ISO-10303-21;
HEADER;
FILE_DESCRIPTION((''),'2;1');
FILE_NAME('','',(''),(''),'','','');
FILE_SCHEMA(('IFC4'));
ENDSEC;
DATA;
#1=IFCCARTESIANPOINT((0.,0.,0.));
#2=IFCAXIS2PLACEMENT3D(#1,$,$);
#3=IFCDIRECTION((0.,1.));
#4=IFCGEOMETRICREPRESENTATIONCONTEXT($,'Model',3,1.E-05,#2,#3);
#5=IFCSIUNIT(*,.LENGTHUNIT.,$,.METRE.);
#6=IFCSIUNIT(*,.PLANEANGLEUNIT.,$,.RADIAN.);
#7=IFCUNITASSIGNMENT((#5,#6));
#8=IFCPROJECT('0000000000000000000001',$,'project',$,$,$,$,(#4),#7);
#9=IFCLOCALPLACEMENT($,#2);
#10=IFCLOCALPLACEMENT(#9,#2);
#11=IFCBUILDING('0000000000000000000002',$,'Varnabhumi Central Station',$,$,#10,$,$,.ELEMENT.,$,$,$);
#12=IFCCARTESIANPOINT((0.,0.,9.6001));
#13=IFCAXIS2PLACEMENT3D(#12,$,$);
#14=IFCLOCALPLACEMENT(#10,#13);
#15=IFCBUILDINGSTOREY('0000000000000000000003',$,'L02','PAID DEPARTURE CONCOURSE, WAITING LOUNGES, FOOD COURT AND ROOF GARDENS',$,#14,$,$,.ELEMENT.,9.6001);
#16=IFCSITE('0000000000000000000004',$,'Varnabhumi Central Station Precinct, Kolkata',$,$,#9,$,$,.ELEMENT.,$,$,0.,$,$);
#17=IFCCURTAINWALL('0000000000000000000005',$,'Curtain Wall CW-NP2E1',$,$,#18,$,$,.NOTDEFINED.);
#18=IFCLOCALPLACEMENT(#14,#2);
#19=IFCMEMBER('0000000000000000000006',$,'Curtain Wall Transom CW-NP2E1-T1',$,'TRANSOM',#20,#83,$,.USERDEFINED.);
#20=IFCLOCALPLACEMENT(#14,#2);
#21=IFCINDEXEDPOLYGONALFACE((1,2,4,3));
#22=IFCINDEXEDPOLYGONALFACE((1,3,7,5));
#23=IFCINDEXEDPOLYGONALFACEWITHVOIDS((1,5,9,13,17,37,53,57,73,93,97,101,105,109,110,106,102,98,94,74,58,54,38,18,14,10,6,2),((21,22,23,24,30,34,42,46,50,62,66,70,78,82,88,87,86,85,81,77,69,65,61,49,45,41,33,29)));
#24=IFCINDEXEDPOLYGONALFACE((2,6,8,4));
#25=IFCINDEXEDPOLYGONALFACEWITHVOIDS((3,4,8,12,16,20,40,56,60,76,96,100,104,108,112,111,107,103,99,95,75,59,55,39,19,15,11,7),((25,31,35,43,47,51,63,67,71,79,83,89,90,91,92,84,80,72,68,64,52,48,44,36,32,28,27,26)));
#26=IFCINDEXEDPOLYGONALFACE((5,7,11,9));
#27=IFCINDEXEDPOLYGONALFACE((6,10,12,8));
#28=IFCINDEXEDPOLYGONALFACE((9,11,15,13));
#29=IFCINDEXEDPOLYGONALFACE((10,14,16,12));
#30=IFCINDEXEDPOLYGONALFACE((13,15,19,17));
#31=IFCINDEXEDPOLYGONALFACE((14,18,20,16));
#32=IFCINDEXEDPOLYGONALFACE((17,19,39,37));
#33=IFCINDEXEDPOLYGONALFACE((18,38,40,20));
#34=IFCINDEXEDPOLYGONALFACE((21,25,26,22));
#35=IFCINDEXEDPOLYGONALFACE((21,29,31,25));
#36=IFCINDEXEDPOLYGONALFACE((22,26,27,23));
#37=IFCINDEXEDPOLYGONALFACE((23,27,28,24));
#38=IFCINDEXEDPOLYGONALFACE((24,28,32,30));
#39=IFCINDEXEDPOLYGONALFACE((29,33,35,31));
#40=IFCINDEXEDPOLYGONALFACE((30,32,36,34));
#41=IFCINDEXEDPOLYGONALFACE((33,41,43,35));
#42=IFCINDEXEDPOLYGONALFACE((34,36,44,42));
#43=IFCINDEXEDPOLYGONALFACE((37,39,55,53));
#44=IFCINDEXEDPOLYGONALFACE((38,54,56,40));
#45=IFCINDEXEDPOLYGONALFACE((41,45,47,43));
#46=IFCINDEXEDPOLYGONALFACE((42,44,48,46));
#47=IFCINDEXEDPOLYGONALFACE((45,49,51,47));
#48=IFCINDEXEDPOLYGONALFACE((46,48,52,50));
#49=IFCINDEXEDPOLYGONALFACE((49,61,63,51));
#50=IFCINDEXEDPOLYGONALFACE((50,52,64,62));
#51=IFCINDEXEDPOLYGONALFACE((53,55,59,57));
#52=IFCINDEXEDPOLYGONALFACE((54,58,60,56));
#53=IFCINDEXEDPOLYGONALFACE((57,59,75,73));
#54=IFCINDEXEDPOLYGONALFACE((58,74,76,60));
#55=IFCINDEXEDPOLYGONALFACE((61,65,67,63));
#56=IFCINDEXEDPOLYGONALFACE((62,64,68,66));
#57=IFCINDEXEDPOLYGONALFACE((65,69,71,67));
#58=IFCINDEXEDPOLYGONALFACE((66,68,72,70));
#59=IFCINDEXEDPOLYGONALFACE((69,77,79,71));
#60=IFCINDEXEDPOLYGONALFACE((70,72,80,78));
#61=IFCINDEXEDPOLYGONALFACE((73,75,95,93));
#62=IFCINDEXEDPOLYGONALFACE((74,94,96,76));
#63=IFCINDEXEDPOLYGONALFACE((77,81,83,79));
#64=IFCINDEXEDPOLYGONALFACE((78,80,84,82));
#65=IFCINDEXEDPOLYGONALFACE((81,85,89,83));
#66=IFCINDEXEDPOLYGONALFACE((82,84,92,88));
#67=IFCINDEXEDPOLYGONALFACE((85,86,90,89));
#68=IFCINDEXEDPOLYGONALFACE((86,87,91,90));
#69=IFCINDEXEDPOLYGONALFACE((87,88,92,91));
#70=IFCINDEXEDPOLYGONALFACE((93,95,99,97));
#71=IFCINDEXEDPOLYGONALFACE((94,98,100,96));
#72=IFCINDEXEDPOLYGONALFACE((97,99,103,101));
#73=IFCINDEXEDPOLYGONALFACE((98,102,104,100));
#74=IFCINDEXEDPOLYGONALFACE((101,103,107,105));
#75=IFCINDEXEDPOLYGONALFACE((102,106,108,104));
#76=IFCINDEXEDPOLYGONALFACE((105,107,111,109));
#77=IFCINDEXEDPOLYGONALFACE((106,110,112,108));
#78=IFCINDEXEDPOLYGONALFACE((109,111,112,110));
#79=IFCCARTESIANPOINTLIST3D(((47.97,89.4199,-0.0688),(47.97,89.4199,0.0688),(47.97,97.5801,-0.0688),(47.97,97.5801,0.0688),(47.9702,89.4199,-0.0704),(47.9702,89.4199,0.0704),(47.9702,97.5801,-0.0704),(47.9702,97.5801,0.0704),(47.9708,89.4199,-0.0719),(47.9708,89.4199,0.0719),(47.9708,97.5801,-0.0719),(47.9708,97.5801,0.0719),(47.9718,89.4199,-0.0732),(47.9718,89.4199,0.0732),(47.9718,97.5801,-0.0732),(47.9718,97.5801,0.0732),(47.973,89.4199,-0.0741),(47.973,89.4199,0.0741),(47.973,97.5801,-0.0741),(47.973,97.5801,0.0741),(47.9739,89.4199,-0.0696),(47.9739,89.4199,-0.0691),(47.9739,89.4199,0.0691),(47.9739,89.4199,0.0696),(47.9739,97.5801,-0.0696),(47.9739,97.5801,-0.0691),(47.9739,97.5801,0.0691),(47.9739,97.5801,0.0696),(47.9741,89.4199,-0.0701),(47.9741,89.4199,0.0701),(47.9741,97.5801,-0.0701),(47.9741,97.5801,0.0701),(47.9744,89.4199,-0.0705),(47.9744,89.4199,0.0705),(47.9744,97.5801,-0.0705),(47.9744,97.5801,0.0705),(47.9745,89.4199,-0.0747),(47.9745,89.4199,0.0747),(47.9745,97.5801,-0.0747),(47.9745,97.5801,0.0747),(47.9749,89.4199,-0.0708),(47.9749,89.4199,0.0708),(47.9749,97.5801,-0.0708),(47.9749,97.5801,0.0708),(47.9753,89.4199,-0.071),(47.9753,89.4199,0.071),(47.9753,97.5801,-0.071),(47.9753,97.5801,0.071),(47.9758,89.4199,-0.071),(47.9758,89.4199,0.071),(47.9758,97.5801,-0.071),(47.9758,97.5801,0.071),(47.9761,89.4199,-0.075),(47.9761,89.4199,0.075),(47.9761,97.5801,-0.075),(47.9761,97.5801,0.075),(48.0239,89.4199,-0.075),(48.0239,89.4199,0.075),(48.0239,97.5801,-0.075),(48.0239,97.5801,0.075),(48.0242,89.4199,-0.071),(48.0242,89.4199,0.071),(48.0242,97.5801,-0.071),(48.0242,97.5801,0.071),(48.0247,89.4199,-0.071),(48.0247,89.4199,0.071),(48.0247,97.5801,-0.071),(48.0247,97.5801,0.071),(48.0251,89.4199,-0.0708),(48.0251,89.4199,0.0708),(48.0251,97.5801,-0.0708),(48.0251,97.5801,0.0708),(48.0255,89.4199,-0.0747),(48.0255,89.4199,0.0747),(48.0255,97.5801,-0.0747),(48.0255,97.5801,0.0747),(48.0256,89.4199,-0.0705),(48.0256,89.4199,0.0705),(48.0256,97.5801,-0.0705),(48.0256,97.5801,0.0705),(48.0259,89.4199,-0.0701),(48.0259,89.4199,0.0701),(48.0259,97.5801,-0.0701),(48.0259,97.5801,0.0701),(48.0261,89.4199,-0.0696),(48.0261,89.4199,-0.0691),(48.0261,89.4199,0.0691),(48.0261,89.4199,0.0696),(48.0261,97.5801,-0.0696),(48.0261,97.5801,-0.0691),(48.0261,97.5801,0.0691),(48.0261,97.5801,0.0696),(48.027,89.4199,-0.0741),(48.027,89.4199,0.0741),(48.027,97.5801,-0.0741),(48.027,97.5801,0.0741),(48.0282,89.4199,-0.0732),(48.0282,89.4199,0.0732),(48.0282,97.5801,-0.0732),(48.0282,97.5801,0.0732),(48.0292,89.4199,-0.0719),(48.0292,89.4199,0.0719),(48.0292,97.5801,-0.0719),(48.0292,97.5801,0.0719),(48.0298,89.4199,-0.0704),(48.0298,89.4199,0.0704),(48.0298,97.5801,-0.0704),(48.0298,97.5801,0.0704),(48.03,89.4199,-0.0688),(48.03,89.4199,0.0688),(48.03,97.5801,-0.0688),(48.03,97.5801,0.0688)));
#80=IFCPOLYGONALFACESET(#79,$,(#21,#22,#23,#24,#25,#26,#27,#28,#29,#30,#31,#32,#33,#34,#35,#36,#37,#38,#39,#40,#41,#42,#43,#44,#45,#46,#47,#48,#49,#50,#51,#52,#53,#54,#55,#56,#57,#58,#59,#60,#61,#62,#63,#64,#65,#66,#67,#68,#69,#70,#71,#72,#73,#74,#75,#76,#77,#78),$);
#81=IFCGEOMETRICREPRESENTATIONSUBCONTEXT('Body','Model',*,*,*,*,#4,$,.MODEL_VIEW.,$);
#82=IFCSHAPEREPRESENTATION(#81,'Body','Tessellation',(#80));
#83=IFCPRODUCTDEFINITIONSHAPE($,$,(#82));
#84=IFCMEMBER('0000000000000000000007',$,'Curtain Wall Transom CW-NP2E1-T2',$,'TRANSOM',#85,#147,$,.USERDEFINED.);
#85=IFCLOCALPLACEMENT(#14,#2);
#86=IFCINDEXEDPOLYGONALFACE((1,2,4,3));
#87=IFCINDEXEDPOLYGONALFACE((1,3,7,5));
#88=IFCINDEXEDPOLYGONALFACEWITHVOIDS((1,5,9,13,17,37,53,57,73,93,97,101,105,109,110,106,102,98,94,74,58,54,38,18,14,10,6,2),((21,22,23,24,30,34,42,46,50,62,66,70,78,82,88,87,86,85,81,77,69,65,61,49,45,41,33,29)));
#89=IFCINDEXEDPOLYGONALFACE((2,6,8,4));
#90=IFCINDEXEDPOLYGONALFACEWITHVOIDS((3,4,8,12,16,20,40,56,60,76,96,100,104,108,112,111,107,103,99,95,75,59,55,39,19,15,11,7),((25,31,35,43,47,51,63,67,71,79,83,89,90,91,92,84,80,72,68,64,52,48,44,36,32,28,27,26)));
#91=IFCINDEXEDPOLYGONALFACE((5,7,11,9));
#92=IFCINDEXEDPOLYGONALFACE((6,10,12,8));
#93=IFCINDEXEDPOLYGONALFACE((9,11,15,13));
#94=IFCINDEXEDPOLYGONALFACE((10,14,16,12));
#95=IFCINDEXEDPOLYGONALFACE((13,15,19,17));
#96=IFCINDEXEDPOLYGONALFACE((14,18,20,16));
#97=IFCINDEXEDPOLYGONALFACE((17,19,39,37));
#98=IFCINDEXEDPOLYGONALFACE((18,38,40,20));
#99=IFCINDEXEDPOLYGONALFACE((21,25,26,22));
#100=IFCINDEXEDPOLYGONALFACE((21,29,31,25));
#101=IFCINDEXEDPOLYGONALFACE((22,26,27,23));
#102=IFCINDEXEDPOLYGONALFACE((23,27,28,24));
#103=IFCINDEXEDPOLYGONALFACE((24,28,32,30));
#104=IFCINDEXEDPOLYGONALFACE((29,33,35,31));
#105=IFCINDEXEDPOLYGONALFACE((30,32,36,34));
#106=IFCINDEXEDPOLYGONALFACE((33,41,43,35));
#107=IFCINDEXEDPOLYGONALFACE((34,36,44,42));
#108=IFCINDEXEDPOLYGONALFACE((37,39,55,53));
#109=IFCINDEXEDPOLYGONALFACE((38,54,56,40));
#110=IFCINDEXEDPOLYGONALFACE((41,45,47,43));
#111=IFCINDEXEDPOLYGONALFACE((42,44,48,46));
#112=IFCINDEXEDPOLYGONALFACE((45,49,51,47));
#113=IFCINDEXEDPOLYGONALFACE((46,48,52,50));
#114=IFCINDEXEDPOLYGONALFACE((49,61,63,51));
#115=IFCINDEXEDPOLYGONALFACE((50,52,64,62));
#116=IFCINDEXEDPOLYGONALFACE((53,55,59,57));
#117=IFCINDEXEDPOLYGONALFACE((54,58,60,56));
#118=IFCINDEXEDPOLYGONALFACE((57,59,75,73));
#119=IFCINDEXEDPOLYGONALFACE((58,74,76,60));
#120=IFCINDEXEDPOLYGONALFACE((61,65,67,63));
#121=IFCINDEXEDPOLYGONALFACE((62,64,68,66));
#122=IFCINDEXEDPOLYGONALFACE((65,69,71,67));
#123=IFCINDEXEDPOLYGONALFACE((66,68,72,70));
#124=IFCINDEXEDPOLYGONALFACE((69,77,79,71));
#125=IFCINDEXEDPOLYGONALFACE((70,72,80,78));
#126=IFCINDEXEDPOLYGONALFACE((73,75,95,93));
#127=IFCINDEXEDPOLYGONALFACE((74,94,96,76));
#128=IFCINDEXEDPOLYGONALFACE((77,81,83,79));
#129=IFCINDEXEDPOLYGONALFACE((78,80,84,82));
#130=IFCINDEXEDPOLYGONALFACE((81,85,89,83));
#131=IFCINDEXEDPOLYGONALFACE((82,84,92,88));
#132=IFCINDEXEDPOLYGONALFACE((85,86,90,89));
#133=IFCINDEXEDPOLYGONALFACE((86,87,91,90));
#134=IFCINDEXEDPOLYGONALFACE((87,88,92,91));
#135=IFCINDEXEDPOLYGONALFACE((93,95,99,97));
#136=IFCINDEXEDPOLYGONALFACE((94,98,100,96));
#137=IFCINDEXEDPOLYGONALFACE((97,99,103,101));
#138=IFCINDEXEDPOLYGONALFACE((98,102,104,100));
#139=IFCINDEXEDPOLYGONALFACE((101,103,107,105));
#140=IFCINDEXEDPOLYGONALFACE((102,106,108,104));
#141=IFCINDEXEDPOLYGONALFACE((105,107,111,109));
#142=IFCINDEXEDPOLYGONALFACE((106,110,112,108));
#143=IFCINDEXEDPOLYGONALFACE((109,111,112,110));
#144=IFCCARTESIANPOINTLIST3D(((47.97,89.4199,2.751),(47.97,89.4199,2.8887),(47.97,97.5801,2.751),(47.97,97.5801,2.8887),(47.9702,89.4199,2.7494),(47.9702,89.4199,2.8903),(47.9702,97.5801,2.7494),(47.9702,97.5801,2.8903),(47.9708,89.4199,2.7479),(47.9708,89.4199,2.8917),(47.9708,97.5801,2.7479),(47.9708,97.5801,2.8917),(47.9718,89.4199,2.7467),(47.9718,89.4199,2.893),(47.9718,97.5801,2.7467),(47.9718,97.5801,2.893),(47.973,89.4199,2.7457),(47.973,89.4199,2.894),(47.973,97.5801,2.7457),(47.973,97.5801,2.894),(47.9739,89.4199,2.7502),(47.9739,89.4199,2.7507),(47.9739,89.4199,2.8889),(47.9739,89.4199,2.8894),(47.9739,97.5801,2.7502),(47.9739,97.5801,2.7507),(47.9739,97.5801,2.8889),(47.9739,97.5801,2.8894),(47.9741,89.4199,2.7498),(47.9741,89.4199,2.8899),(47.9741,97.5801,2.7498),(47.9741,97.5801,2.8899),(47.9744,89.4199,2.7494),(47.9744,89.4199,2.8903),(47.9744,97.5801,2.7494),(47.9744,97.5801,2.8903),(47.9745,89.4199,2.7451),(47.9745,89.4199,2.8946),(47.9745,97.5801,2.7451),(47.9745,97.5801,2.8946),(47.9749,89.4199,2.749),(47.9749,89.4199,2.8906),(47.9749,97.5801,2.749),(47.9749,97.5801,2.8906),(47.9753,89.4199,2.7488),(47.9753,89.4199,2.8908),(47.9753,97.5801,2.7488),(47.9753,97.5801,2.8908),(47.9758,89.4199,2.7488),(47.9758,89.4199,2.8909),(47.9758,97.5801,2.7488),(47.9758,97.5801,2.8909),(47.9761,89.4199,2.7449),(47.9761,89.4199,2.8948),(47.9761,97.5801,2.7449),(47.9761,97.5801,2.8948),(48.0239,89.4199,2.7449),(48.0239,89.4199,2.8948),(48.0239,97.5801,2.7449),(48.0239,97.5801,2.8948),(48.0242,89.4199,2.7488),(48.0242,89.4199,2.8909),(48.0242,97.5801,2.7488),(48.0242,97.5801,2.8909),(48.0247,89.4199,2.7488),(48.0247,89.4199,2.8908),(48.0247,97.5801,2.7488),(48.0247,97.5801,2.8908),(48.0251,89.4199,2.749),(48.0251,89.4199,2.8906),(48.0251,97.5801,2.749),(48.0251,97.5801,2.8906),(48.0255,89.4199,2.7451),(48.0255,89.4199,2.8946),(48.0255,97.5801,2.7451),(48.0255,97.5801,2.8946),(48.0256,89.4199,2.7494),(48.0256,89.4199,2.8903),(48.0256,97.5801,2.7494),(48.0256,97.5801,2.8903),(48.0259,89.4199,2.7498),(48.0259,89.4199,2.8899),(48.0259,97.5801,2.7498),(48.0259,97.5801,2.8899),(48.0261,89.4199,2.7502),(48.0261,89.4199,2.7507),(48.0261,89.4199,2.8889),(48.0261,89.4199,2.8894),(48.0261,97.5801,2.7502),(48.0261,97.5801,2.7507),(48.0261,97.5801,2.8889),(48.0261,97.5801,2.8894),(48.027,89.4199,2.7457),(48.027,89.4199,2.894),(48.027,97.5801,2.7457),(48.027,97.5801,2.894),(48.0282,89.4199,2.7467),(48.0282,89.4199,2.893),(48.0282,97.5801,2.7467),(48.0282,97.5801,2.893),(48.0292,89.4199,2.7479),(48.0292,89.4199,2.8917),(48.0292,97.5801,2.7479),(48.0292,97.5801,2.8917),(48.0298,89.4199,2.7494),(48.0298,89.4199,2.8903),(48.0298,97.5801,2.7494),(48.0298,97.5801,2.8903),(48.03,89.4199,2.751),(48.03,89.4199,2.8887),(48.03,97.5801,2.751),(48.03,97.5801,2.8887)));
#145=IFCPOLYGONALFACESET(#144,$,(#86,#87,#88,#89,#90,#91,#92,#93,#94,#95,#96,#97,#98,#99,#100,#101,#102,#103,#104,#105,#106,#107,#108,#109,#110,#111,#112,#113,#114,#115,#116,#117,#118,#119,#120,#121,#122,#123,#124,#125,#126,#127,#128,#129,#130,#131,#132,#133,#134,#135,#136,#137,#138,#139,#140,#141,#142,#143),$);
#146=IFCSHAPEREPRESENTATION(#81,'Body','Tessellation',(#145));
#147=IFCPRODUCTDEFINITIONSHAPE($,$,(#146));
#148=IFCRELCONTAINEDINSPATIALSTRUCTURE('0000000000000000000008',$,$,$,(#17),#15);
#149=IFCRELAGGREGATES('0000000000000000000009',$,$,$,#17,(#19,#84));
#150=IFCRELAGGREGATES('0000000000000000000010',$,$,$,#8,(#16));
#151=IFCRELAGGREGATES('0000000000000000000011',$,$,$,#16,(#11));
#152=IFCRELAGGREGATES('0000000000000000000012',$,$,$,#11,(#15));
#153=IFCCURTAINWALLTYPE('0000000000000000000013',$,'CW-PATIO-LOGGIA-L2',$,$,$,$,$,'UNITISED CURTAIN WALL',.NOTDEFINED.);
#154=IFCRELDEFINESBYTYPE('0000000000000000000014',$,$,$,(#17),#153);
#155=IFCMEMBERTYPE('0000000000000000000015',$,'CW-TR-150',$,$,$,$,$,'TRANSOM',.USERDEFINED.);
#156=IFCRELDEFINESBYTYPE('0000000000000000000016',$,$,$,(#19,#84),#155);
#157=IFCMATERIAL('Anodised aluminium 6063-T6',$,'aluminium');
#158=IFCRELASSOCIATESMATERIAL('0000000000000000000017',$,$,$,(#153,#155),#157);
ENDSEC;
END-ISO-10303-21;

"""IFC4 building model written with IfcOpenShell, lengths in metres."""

from ifc_helpers import new_model, si_unit, direction, frame, origin, origin_2d, place, context, subcontext, project, spatial, hollow_rectangle, extrude, material, material_profile, profile_set, type_object, element, aggregate, save


model = new_model("IFC4")

# Units and contexts
model_context = context("Model", 3, precision=1e-05, world=origin(), true_north=direction((0.0, 1.0)))
body_context = subcontext(model_context, "Body", "Model", "MODEL_VIEW")
ifc_project = project(units=[si_unit("LENGTHUNIT", "METRE"), si_unit("PLANEANGLEUNIT", "RADIAN")], contexts=[model_context])

# Site, building, storey
site_placement = place(None, origin())
site = spatial("IfcSite", under=ifc_project, at=site_placement, Name="Varnabhumi Central Station Precinct, Kolkata", CompositionType="ELEMENT", RefElevation=0.0)
building_placement = place(site_placement, origin())
building = spatial("IfcBuilding", under=site, at=building_placement, Name="Varnabhumi Central Station", CompositionType="ELEMENT")
storey_placement = place(building_placement, frame((0.0, 0.0, 9.6001)))
storey = spatial("IfcBuildingStorey", under=building, at=storey_placement, Name="L02", Description="PAID DEPARTURE CONCOURSE, WAITING LOUNGES, FOOD COURT AND ROOF GARDENS", CompositionType="ELEMENT", Elevation=9.6001)

# Curtain wall
ifc_material_1 = material(Name="Anodised aluminium 6063-T6", Category="aluminium")
curtain_wall_type = type_object("IfcCurtainWallType", Name="CW-PATIO-LOGGIA-L2", ElementType="UNITISED CURTAIN WALL", PredefinedType="NOTDEFINED", material=ifc_material_1)
curtain_wall_1_placement = place(storey_placement, origin())
curtain_wall_1 = element("IfcCurtainWall", 1, at=curtain_wall_1_placement, inside=storey, type_object=curtain_wall_type, Name="Curtain Wall CW-NP2E1", PredefinedType="NOTDEFINED")

# Members
ifc_material_profile_1 = material_profile(ifc_material_1, hollow_rectangle(XDim=0.0601, YDim=0.1499, WallThickness=0.0039, InnerFilletRadius=0.002, OuterFilletRadius=0.0061, at=origin_2d()), Name="Anodised aluminium 6063-T6", Category="aluminium")
ifc_profile_set_1 = profile_set([ifc_material_profile_1], Name="Anodised aluminium 6063-T6")
member_type_1 = type_object("IfcMemberType", Name="CW-TR-150", ElementType="TRANSOM", PredefinedType="USERDEFINED", material=ifc_profile_set_1)
member_1_placement = place(storey_placement, frame((48.0, 89.4199, 0.0), z_axis=(0.0, 1.0, 0.0), x_axis=(-1.0, 0.0, 0.0)))
member_1 = element("IfcMember", 2, at=member_1_placement, type_object=member_type_1, Name="Curtain Wall Transom CW-NP2E1-T1", ObjectType="TRANSOM", PredefinedType="USERDEFINED", context=body_context, shape_type="SweptSolid", body=[
    extrude(hollow_rectangle(XDim=0.0601, YDim=0.1499, WallThickness=0.0039, InnerFilletRadius=0.002, OuterFilletRadius=0.0061, at=origin_2d()), origin(), (0.0, 0.0, 1.0), 8.1602),
])
member_2_placement = place(storey_placement, frame((48.0, 89.4199, 2.8198), z_axis=(0.0, 1.0, 0.0), x_axis=(-1.0, 0.0, 0.0)))
member_2 = element("IfcMember", 3, at=member_2_placement, type_object=member_type_1, Name="Curtain Wall Transom CW-NP2E1-T2", ObjectType="TRANSOM", PredefinedType="USERDEFINED", context=body_context, shape_type="SweptSolid", body=[
    extrude(hollow_rectangle(XDim=0.0601, YDim=0.1499, WallThickness=0.0039, InnerFilletRadius=0.002, OuterFilletRadius=0.0061, at=origin_2d()), origin(), (0.0, 0.0, 1.0), 8.1602),
])

aggregate(curtain_wall_1, [member_1, member_2])

save(model, "model.ifc")
